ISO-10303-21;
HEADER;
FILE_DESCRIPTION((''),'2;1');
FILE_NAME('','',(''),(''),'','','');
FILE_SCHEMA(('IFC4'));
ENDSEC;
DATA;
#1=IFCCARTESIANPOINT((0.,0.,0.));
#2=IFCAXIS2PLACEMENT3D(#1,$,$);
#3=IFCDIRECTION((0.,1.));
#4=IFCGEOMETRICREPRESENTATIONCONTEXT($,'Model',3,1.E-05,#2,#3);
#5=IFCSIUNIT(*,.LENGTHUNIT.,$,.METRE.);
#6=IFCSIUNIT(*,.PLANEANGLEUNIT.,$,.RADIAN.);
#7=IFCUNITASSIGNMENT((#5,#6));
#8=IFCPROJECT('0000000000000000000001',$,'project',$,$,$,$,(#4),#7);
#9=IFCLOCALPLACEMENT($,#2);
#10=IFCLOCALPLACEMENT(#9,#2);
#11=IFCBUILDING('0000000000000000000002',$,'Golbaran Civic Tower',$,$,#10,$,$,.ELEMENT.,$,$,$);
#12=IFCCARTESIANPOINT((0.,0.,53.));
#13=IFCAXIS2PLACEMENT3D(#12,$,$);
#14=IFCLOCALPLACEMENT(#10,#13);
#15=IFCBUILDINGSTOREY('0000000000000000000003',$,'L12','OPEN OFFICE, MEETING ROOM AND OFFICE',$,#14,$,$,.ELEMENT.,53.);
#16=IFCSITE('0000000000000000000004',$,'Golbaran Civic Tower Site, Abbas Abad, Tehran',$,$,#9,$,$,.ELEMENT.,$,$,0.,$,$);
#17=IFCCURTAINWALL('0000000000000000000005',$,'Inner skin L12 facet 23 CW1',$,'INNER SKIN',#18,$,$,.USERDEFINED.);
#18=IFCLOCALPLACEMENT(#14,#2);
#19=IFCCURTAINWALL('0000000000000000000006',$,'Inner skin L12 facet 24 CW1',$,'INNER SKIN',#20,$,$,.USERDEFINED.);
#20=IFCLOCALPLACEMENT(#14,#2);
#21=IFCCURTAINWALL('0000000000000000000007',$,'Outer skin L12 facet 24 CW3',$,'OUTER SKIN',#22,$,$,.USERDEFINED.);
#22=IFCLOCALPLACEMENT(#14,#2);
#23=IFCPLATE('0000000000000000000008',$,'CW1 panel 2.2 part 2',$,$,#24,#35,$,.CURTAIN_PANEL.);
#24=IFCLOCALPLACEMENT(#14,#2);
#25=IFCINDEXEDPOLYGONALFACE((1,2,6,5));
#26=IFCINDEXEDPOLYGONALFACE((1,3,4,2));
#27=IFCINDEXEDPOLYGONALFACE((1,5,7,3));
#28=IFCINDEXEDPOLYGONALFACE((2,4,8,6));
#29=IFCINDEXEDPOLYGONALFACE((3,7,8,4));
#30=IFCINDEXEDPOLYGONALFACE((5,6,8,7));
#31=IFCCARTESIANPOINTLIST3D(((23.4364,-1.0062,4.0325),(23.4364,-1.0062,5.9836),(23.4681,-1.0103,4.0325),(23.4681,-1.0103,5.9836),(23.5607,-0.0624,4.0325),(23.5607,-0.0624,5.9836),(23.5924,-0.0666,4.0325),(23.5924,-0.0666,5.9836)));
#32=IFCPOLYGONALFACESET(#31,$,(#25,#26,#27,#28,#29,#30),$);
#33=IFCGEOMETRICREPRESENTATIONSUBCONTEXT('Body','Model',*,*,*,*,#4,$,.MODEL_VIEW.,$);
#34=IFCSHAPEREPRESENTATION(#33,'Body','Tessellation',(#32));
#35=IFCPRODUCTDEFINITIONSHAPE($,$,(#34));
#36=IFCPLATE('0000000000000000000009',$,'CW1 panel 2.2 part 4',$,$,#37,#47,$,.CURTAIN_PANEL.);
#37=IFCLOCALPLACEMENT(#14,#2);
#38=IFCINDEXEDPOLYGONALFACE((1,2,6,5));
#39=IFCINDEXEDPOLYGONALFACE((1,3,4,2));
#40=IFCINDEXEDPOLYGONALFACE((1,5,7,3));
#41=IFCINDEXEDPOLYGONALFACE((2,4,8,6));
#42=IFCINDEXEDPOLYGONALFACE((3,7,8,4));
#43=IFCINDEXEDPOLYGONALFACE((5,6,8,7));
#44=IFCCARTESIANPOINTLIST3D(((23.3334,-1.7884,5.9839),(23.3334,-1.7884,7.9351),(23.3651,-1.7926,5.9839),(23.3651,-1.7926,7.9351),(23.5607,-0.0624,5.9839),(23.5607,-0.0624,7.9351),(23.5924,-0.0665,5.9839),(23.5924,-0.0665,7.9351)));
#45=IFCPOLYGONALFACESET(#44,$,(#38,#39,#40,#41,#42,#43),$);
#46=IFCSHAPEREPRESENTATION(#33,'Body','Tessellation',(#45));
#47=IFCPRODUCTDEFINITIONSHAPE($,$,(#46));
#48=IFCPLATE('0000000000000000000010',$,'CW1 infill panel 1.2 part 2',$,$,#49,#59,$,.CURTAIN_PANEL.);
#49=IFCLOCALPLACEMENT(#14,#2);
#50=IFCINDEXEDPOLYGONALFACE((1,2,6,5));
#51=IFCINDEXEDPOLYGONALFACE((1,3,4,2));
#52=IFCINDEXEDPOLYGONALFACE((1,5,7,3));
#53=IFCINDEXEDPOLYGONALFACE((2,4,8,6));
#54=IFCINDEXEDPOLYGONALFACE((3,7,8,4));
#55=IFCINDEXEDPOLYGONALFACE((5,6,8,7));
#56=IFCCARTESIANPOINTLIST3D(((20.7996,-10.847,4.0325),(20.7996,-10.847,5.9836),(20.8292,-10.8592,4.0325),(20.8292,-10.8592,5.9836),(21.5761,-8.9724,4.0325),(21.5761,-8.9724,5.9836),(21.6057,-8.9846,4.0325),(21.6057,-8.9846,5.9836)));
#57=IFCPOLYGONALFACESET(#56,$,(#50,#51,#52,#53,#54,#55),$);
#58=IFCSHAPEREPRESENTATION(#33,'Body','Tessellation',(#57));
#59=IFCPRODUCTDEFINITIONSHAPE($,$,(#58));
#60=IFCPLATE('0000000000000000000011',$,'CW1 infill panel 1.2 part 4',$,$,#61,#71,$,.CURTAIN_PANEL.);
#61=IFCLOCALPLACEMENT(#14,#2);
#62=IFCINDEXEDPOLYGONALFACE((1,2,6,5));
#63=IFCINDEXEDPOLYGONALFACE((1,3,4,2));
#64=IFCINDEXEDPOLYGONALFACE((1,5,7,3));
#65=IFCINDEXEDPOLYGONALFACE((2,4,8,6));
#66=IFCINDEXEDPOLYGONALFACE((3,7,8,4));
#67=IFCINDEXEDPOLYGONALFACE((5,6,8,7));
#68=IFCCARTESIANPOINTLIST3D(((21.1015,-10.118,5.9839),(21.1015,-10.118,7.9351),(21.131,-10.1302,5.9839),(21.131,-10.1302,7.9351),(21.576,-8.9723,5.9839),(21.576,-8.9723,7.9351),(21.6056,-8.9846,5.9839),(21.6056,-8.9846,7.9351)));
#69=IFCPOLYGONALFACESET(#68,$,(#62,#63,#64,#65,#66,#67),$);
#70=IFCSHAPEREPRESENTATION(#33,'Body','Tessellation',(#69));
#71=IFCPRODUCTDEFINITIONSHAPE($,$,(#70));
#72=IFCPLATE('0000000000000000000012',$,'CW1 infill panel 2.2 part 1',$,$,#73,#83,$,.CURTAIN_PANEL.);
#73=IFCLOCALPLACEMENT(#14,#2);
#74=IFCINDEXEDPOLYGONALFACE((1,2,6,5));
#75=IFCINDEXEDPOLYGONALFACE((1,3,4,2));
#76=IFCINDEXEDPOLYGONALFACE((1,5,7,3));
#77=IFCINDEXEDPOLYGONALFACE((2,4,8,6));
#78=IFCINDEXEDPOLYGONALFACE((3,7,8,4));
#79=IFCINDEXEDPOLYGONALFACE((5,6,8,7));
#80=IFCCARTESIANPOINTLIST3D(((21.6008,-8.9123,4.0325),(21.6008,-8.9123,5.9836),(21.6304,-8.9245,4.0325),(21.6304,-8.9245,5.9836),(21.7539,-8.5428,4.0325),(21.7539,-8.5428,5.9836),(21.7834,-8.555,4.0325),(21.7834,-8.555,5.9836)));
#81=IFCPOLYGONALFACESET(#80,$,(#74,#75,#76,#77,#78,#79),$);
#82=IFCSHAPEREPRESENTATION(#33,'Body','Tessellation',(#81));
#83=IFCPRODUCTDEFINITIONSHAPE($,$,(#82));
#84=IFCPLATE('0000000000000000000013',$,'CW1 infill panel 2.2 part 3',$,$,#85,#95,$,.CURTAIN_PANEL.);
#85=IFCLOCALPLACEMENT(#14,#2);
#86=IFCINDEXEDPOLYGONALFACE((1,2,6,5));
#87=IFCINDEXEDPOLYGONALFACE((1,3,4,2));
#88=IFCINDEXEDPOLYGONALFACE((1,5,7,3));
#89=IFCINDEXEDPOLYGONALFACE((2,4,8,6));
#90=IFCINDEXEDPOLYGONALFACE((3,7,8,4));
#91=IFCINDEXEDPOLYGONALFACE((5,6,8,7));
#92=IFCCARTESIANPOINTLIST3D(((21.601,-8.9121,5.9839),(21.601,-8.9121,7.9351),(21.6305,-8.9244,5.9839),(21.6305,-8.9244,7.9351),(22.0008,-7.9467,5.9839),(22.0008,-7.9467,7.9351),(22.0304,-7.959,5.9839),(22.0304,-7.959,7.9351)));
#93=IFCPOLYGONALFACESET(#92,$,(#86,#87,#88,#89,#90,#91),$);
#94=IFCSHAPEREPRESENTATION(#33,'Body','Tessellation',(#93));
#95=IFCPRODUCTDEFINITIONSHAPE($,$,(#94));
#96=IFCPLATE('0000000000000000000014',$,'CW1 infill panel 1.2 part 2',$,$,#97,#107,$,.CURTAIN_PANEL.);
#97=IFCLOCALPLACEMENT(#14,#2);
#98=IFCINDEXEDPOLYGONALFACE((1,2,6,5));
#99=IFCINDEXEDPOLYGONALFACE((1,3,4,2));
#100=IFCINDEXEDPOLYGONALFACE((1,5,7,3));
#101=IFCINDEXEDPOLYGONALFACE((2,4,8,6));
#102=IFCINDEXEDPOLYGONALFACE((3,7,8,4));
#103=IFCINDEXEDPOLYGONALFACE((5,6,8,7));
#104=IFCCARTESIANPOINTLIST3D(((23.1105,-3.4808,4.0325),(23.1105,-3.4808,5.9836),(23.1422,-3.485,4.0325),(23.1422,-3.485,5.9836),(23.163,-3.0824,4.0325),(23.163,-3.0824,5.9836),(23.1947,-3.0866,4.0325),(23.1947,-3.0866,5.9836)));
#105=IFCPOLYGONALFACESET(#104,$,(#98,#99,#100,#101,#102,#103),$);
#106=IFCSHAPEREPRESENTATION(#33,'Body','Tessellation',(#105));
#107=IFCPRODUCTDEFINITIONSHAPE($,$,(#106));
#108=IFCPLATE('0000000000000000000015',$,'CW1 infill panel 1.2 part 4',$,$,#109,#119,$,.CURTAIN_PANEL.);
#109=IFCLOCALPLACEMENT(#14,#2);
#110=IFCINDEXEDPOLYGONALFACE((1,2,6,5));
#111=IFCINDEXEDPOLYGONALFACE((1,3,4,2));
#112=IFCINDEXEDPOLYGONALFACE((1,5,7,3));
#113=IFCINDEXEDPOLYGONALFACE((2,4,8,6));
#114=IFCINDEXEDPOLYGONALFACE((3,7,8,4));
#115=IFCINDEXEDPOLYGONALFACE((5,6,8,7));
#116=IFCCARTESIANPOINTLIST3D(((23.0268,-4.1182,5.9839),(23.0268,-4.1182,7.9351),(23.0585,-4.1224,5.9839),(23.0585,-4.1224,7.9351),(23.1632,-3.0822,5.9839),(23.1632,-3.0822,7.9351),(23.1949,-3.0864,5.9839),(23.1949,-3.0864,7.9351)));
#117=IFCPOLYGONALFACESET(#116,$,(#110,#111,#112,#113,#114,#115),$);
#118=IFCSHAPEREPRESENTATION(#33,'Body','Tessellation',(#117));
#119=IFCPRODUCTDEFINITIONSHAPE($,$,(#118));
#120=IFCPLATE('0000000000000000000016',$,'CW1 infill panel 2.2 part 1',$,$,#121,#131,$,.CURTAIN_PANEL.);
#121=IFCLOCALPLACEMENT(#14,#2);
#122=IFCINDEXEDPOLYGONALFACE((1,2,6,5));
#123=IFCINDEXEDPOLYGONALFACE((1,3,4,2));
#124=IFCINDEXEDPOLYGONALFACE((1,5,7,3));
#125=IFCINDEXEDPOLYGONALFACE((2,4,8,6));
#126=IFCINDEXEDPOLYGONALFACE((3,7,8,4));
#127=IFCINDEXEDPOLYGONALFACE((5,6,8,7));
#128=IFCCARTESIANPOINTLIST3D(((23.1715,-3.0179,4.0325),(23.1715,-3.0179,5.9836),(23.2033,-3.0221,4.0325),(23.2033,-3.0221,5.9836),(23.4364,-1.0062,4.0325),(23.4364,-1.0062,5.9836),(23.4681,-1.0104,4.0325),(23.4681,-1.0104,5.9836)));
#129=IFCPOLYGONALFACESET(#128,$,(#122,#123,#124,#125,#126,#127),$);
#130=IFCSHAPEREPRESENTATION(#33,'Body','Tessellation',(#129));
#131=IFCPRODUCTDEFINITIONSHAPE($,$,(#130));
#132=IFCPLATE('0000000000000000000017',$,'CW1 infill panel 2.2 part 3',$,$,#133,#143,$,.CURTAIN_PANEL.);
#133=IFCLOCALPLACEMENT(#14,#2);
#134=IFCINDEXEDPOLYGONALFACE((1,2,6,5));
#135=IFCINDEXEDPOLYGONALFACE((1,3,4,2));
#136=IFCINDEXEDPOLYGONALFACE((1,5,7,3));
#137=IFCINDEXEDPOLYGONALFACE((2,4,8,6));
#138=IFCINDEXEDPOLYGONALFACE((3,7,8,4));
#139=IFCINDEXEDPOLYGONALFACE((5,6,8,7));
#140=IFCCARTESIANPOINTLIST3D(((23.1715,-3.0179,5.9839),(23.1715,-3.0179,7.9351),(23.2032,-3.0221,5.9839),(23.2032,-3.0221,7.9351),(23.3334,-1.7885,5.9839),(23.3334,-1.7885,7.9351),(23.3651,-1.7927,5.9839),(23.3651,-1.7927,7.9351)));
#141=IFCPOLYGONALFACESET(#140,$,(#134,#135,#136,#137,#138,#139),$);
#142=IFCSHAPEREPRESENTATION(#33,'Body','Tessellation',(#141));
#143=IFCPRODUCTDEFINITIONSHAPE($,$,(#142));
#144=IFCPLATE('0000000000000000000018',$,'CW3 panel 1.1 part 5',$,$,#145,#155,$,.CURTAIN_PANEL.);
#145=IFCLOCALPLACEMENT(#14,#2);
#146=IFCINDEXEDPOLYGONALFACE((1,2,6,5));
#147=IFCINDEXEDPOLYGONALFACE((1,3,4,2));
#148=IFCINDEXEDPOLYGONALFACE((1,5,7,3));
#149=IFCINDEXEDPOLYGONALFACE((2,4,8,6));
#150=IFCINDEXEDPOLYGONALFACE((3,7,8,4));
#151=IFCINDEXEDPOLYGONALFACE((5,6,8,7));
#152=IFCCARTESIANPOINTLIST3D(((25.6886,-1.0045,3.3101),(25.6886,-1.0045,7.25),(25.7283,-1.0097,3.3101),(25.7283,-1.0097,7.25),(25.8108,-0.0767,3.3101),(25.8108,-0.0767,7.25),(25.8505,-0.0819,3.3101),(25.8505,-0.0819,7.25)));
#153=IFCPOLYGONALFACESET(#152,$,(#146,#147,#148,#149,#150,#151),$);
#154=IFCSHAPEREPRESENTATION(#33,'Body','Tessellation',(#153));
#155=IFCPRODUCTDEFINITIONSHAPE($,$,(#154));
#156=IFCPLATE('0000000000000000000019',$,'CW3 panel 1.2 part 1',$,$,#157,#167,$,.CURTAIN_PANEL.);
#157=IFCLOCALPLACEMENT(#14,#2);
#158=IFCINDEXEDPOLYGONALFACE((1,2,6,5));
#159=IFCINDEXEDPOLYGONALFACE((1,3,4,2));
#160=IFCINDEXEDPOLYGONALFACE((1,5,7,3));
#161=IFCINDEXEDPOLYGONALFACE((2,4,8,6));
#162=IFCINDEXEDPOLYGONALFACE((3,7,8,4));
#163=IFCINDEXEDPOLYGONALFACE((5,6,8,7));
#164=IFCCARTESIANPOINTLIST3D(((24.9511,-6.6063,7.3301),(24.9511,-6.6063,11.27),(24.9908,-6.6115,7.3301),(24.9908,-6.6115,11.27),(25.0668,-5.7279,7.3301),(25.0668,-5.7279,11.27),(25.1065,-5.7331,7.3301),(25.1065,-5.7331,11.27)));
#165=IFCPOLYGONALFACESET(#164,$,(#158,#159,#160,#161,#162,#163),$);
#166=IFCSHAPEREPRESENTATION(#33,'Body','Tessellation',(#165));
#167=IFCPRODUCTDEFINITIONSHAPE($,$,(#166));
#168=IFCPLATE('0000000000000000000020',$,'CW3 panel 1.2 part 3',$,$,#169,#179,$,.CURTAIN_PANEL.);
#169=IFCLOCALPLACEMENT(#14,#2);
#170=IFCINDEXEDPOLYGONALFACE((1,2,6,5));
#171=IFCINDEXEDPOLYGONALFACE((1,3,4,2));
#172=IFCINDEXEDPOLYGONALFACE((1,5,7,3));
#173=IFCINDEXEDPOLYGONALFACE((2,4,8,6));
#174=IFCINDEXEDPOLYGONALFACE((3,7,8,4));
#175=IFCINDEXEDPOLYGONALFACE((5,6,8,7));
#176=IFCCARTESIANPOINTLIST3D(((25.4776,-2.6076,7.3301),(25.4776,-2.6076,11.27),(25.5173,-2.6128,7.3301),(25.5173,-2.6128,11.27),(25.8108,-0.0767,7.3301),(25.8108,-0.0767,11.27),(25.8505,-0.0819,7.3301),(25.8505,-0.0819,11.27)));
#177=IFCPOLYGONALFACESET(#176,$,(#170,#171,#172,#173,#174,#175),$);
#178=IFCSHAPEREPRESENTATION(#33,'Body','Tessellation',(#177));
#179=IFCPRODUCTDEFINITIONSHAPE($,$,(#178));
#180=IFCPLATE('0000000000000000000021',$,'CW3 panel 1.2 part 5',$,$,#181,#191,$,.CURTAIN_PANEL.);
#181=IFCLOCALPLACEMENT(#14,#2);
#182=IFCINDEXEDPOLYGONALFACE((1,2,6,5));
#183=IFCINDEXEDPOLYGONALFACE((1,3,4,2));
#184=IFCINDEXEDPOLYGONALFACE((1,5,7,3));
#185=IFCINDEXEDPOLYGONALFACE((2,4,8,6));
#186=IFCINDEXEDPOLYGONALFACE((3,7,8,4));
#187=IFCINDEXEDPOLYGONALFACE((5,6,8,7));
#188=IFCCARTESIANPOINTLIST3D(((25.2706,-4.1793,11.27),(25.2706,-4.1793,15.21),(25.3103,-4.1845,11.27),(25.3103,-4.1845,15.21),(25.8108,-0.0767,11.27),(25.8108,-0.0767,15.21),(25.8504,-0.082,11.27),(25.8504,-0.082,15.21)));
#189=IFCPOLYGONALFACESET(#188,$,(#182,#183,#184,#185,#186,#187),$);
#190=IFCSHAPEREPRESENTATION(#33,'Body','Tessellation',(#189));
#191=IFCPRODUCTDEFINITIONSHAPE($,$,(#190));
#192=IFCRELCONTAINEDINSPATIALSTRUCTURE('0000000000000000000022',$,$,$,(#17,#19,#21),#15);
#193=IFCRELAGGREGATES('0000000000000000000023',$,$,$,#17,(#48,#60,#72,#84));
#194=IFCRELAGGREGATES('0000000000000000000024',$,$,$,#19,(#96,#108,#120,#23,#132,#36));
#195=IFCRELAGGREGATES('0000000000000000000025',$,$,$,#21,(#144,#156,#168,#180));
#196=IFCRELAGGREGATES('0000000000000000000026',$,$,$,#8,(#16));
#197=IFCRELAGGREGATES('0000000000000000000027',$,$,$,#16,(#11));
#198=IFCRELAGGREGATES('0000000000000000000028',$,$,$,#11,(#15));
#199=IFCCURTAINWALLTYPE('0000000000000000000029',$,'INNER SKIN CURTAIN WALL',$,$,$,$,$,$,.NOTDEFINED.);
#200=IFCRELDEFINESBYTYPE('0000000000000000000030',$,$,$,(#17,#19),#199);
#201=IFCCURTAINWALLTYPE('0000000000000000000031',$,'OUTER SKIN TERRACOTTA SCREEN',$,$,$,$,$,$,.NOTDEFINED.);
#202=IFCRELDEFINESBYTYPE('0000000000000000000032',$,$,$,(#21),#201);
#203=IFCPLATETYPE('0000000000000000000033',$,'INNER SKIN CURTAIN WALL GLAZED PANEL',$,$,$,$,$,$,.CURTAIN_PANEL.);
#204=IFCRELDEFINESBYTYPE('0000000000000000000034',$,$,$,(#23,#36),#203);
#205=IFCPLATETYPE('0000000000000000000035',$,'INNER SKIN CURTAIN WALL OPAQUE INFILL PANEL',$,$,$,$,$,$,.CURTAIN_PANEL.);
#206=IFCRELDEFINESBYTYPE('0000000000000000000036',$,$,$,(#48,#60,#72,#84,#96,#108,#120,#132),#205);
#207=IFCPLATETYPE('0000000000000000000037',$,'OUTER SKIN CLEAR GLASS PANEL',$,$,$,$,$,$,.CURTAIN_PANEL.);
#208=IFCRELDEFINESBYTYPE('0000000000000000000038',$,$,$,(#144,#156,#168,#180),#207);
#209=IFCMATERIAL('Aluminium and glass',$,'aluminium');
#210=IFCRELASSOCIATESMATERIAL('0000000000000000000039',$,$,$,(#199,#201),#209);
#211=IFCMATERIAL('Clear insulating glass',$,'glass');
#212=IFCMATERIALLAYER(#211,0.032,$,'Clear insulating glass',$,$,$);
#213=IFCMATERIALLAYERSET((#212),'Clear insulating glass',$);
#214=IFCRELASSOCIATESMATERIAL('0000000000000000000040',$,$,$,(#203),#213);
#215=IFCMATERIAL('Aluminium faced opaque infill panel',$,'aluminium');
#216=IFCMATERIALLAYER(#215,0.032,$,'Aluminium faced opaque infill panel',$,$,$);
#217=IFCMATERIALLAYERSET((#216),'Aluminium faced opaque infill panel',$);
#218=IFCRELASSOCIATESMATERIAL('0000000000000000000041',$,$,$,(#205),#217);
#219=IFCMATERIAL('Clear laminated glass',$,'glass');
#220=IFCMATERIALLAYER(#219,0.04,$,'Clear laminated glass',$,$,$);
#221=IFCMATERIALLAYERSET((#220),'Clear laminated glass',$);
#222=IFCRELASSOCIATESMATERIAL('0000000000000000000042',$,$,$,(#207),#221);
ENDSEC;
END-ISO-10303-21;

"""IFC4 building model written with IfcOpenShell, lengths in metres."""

from ifc_helpers import new_model, si_unit, direction, frame, origin, origin_2d, place, context, subcontext, project, spatial, rectangle, extrude, material, layer, layer_set, type_object, element, aggregate, save


model = new_model("IFC4")

# Units and contexts
model_context = context("Model", 3, precision=1e-05, world=origin(), true_north=direction((0.0, 1.0)))
body_context = subcontext(model_context, "Body", "Model", "MODEL_VIEW")
ifc_project = project(units=[si_unit("LENGTHUNIT", "METRE"), si_unit("PLANEANGLEUNIT", "RADIAN")], contexts=[model_context])

# Site, building, storey
site_placement = place(None, origin())
site = spatial("IfcSite", under=ifc_project, at=site_placement, Name="Golbaran Civic Tower Site, Abbas Abad, Tehran", CompositionType="ELEMENT", RefElevation=0.0)
building_placement = place(site_placement, origin())
building = spatial("IfcBuilding", under=site, at=building_placement, Name="Golbaran Civic Tower", CompositionType="ELEMENT")
storey_placement = place(building_placement, frame((0.0, 0.0, 53.0)))
storey = spatial("IfcBuildingStorey", under=building, at=storey_placement, Name="L12", Description="OPEN OFFICE, MEETING ROOM AND OFFICE", CompositionType="ELEMENT", Elevation=53.0)

# Curtain walls
ifc_material_1 = material(Name="Aluminium and glass", Category="aluminium")
curtain_wall_type_1 = type_object("IfcCurtainWallType", Name="INNER SKIN CURTAIN WALL", PredefinedType="NOTDEFINED", material=ifc_material_1)
curtain_wall_1_placement = place(storey_placement, origin())
curtain_wall_1 = element("IfcCurtainWall", 1, at=curtain_wall_1_placement, inside=storey, type_object=curtain_wall_type_1, Name="Inner skin L12 facet 23 CW1", ObjectType="INNER SKIN", PredefinedType="USERDEFINED")
curtain_wall_2_placement = place(storey_placement, origin())
curtain_wall_2 = element("IfcCurtainWall", 2, at=curtain_wall_2_placement, inside=storey, type_object=curtain_wall_type_1, Name="Inner skin L12 facet 24 CW1", ObjectType="INNER SKIN", PredefinedType="USERDEFINED")
curtain_wall_type_2 = type_object("IfcCurtainWallType", Name="OUTER SKIN TERRACOTTA SCREEN", PredefinedType="NOTDEFINED", material=ifc_material_1)
curtain_wall_3_placement = place(storey_placement, origin())
curtain_wall_3 = element("IfcCurtainWall", 3, at=curtain_wall_3_placement, inside=storey, type_object=curtain_wall_type_2, Name="Outer skin L12 facet 24 CW3", ObjectType="OUTER SKIN", PredefinedType="USERDEFINED")

# Plates
ifc_material_2 = material(Name="Clear insulating glass", Category="glass")
ifc_layer_1 = layer(ifc_material_2, 0.032, Name="Clear insulating glass")
ifc_layer_set_1 = layer_set([ifc_layer_1], Name="Clear insulating glass")
plate_type_1 = type_object("IfcPlateType", Name="INNER SKIN CURTAIN WALL GLAZED PANEL", PredefinedType="CURTAIN_PANEL", material=ifc_layer_set_1)
plate_1_placement = place(storey_placement, frame((23.5144, -0.5364, 4.0325), z_axis=(0.0, 0.0, 1.0), x_axis=(0.130526, 0.991445, 0.0)))
plate_1 = element("IfcPlate", 4, at=plate_1_placement, type_object=plate_type_1, Name="CW1 panel 2.2 part 2", PredefinedType="CURTAIN_PANEL", context=body_context, shape_type="SweptSolid", body=[
    extrude(rectangle(XDim=0.9519, YDim=0.032, at=origin_2d()), origin(), (0.0, 0.0, 1.0), 1.9512),
])
plate_2_placement = place(storey_placement, frame((23.4629, -0.9275, 5.9839), z_axis=(0.0, 0.0, 1.0), x_axis=(0.130526, 0.991445, 0.0)))
plate_2 = element("IfcPlate", 5, at=plate_2_placement, type_object=plate_type_1, Name="CW1 panel 2.2 part 4", PredefinedType="CURTAIN_PANEL", context=body_context, shape_type="SweptSolid", body=[
    extrude(rectangle(XDim=1.741, YDim=0.032, at=origin_2d()), origin(), (0.0, 0.0, 1.0), 1.9512),
])
ifc_material_3 = material(Name="Aluminium faced opaque infill panel", Category="aluminium")
ifc_layer_2 = layer(ifc_material_3, 0.032, Name="Aluminium faced opaque infill panel")
ifc_layer_set_2 = layer_set([ifc_layer_2], Name="Aluminium faced opaque infill panel")
plate_type_2 = type_object("IfcPlateType", Name="INNER SKIN CURTAIN WALL OPAQUE INFILL PANEL", PredefinedType="CURTAIN_PANEL", material=ifc_layer_set_2)
plate_3_placement = place(storey_placement, frame((21.2026, -9.9158, 4.0325), z_axis=(0.0, 0.0, 1.0), x_axis=(0.382683, 0.92388, 0.0)))
plate_3 = element("IfcPlate", 6, at=plate_3_placement, type_object=plate_type_2, Name="CW1 infill panel 1.2 part 2", PredefinedType="CURTAIN_PANEL", context=body_context, shape_type="SweptSolid", body=[
    extrude(rectangle(XDim=2.0291, YDim=0.032, at=origin_2d()), origin(), (0.0, 0.0, 1.0), 1.9512),
])
plate_4_placement = place(storey_placement, frame((21.3535, -9.5513, 5.9839), z_axis=(0.0, 0.0, 1.0), x_axis=(0.382683, 0.92388, 0.0)))
plate_4 = element("IfcPlate", 7, at=plate_4_placement, type_object=plate_type_2, Name="CW1 infill panel 1.2 part 4", PredefinedType="CURTAIN_PANEL", context=body_context, shape_type="SweptSolid", body=[
    extrude(rectangle(XDim=1.24, YDim=0.032, at=origin_2d()), origin(), (0.0, 0.0, 1.0), 1.9512),
])
plate_5_placement = place(storey_placement, frame((21.6921, -8.7336, 4.0325), z_axis=(0.0, 0.0, 1.0), x_axis=(0.382683, 0.92388, 0.0)))
plate_5 = element("IfcPlate", 8, at=plate_5_placement, type_object=plate_type_2, Name="CW1 infill panel 2.2 part 1", PredefinedType="CURTAIN_PANEL", context=body_context, shape_type="SweptSolid", body=[
    extrude(rectangle(XDim=0.3999, YDim=0.032, at=origin_2d()), origin(), (0.0, 0.0, 1.0), 1.9512),
])
plate_6_placement = place(storey_placement, frame((21.8157, -8.4355, 5.9839), z_axis=(0.0, 0.0, 1.0), x_axis=(0.382683, 0.92388, 0.0)))
plate_6 = element("IfcPlate", 9, at=plate_6_placement, type_object=plate_type_2, Name="CW1 infill panel 2.2 part 3", PredefinedType="CURTAIN_PANEL", context=body_context, shape_type="SweptSolid", body=[
    extrude(rectangle(XDim=1.0449, YDim=0.032, at=origin_2d()), origin(), (0.0, 0.0, 1.0), 1.9512),
])
aggregate(curtain_wall_1, [plate_3, plate_4, plate_5, plate_6])
plate_7_placement = place(storey_placement, frame((23.1526, -3.2837, 4.0325), z_axis=(0.0, 0.0, 1.0), x_axis=(0.130526, 0.991445, 0.0)))
plate_7 = element("IfcPlate", 10, at=plate_7_placement, type_object=plate_type_2, Name="CW1 infill panel 1.2 part 2", PredefinedType="CURTAIN_PANEL", context=body_context, shape_type="SweptSolid", body=[
    extrude(rectangle(XDim=0.4019, YDim=0.032, at=origin_2d()), origin(), (0.0, 0.0, 1.0), 1.9512),
])
plate_8_placement = place(storey_placement, frame((23.1108, -3.6023, 5.9839), z_axis=(0.0, 0.0, 1.0), x_axis=(0.130526, 0.991445, 0.0)))
plate_8 = element("IfcPlate", 11, at=plate_8_placement, type_object=plate_type_2, Name="CW1 infill panel 1.2 part 4", PredefinedType="CURTAIN_PANEL", context=body_context, shape_type="SweptSolid", body=[
    extrude(rectangle(XDim=1.0449, YDim=0.032, at=origin_2d()), origin(), (0.0, 0.0, 1.0), 1.9512),
])
plate_9_placement = place(storey_placement, frame((23.3198, -2.0142, 4.0325), z_axis=(0.0, 0.0, 1.0), x_axis=(0.130526, 0.991445, 0.0)))
plate_9 = element("IfcPlate", 12, at=plate_9_placement, type_object=plate_type_2, Name="CW1 infill panel 2.2 part 1", PredefinedType="CURTAIN_PANEL", context=body_context, shape_type="SweptSolid", body=[
    extrude(rectangle(XDim=2.0291, YDim=0.032, at=origin_2d()), origin(), (0.0, 0.0, 1.0), 1.9512),
])
plate_10_placement = place(storey_placement, frame((23.2683, -2.4053, 5.9839), z_axis=(0.0, 0.0, 1.0), x_axis=(0.130526, 0.991445, 0.0)))
plate_10 = element("IfcPlate", 13, at=plate_10_placement, type_object=plate_type_2, Name="CW1 infill panel 2.2 part 3", PredefinedType="CURTAIN_PANEL", context=body_context, shape_type="SweptSolid", body=[
    extrude(rectangle(XDim=1.24, YDim=0.032, at=origin_2d()), origin(), (0.0, 0.0, 1.0), 1.9512),
])
aggregate(curtain_wall_2, [plate_7, plate_8, plate_9, plate_1, plate_10, plate_2])
ifc_material_4 = material(Name="Clear laminated glass", Category="glass")
ifc_layer_3 = layer(ifc_material_4, 0.04, Name="Clear laminated glass")
ifc_layer_set_3 = layer_set([ifc_layer_3], Name="Clear laminated glass")
plate_type_3 = type_object("IfcPlateType", Name="OUTER SKIN CLEAR GLASS PANEL", PredefinedType="CURTAIN_PANEL", material=ifc_layer_set_3)
plate_11_placement = place(storey_placement, frame((25.7695, -0.5432, 3.3101), z_axis=(0.0, 0.0, 1.0), x_axis=(0.130526, 0.991445, 0.0)))
plate_11 = element("IfcPlate", 14, at=plate_11_placement, type_object=plate_type_3, Name="CW3 panel 1.1 part 5", PredefinedType="CURTAIN_PANEL", context=body_context, shape_type="SweptSolid", body=[
    extrude(rectangle(XDim=0.9358, YDim=0.04, at=origin_2d()), origin(), (0.0, 0.0, 1.0), 3.9399),
])
plate_12_placement = place(storey_placement, frame((25.0288, -6.1697, 7.3301), z_axis=(0.0, 0.0, 1.0), x_axis=(0.130526, 0.991445, 0.0)))
plate_12 = element("IfcPlate", 15, at=plate_12_placement, type_object=plate_type_3, Name="CW3 panel 1.2 part 1", PredefinedType="CURTAIN_PANEL", context=body_context, shape_type="SweptSolid", body=[
    extrude(rectangle(XDim=0.886, YDim=0.04, at=origin_2d()), origin(), (0.0, 0.0, 1.0), 3.9399),
])
plate_13_placement = place(storey_placement, frame((25.6641, -1.3447, 7.3301), z_axis=(0.0, 0.0, 1.0), x_axis=(0.130526, 0.991445, 0.0)))
plate_13 = element("IfcPlate", 16, at=plate_13_placement, type_object=plate_type_3, Name="CW3 panel 1.2 part 3", PredefinedType="CURTAIN_PANEL", context=body_context, shape_type="SweptSolid", body=[
    extrude(rectangle(XDim=2.5527, YDim=0.04, at=origin_2d()), origin(), (0.0, 0.0, 1.0), 3.9399),
])
plate_14_placement = place(storey_placement, frame((25.5605, -2.1306, 11.27), z_axis=(0.0, 0.0, 1.0), x_axis=(0.130526, 0.991445, 0.0)))
plate_14 = element("IfcPlate", 17, at=plate_14_placement, type_object=plate_type_3, Name="CW3 panel 1.2 part 5", PredefinedType="CURTAIN_PANEL", context=body_context, shape_type="SweptSolid", body=[
    extrude(rectangle(XDim=4.1379, YDim=0.04, at=origin_2d()), origin(), (0.0, 0.0, 1.0), 3.9399),
])
aggregate(curtain_wall_3, [plate_11, plate_12, plate_13, plate_14])

save(model, "model.ifc")
